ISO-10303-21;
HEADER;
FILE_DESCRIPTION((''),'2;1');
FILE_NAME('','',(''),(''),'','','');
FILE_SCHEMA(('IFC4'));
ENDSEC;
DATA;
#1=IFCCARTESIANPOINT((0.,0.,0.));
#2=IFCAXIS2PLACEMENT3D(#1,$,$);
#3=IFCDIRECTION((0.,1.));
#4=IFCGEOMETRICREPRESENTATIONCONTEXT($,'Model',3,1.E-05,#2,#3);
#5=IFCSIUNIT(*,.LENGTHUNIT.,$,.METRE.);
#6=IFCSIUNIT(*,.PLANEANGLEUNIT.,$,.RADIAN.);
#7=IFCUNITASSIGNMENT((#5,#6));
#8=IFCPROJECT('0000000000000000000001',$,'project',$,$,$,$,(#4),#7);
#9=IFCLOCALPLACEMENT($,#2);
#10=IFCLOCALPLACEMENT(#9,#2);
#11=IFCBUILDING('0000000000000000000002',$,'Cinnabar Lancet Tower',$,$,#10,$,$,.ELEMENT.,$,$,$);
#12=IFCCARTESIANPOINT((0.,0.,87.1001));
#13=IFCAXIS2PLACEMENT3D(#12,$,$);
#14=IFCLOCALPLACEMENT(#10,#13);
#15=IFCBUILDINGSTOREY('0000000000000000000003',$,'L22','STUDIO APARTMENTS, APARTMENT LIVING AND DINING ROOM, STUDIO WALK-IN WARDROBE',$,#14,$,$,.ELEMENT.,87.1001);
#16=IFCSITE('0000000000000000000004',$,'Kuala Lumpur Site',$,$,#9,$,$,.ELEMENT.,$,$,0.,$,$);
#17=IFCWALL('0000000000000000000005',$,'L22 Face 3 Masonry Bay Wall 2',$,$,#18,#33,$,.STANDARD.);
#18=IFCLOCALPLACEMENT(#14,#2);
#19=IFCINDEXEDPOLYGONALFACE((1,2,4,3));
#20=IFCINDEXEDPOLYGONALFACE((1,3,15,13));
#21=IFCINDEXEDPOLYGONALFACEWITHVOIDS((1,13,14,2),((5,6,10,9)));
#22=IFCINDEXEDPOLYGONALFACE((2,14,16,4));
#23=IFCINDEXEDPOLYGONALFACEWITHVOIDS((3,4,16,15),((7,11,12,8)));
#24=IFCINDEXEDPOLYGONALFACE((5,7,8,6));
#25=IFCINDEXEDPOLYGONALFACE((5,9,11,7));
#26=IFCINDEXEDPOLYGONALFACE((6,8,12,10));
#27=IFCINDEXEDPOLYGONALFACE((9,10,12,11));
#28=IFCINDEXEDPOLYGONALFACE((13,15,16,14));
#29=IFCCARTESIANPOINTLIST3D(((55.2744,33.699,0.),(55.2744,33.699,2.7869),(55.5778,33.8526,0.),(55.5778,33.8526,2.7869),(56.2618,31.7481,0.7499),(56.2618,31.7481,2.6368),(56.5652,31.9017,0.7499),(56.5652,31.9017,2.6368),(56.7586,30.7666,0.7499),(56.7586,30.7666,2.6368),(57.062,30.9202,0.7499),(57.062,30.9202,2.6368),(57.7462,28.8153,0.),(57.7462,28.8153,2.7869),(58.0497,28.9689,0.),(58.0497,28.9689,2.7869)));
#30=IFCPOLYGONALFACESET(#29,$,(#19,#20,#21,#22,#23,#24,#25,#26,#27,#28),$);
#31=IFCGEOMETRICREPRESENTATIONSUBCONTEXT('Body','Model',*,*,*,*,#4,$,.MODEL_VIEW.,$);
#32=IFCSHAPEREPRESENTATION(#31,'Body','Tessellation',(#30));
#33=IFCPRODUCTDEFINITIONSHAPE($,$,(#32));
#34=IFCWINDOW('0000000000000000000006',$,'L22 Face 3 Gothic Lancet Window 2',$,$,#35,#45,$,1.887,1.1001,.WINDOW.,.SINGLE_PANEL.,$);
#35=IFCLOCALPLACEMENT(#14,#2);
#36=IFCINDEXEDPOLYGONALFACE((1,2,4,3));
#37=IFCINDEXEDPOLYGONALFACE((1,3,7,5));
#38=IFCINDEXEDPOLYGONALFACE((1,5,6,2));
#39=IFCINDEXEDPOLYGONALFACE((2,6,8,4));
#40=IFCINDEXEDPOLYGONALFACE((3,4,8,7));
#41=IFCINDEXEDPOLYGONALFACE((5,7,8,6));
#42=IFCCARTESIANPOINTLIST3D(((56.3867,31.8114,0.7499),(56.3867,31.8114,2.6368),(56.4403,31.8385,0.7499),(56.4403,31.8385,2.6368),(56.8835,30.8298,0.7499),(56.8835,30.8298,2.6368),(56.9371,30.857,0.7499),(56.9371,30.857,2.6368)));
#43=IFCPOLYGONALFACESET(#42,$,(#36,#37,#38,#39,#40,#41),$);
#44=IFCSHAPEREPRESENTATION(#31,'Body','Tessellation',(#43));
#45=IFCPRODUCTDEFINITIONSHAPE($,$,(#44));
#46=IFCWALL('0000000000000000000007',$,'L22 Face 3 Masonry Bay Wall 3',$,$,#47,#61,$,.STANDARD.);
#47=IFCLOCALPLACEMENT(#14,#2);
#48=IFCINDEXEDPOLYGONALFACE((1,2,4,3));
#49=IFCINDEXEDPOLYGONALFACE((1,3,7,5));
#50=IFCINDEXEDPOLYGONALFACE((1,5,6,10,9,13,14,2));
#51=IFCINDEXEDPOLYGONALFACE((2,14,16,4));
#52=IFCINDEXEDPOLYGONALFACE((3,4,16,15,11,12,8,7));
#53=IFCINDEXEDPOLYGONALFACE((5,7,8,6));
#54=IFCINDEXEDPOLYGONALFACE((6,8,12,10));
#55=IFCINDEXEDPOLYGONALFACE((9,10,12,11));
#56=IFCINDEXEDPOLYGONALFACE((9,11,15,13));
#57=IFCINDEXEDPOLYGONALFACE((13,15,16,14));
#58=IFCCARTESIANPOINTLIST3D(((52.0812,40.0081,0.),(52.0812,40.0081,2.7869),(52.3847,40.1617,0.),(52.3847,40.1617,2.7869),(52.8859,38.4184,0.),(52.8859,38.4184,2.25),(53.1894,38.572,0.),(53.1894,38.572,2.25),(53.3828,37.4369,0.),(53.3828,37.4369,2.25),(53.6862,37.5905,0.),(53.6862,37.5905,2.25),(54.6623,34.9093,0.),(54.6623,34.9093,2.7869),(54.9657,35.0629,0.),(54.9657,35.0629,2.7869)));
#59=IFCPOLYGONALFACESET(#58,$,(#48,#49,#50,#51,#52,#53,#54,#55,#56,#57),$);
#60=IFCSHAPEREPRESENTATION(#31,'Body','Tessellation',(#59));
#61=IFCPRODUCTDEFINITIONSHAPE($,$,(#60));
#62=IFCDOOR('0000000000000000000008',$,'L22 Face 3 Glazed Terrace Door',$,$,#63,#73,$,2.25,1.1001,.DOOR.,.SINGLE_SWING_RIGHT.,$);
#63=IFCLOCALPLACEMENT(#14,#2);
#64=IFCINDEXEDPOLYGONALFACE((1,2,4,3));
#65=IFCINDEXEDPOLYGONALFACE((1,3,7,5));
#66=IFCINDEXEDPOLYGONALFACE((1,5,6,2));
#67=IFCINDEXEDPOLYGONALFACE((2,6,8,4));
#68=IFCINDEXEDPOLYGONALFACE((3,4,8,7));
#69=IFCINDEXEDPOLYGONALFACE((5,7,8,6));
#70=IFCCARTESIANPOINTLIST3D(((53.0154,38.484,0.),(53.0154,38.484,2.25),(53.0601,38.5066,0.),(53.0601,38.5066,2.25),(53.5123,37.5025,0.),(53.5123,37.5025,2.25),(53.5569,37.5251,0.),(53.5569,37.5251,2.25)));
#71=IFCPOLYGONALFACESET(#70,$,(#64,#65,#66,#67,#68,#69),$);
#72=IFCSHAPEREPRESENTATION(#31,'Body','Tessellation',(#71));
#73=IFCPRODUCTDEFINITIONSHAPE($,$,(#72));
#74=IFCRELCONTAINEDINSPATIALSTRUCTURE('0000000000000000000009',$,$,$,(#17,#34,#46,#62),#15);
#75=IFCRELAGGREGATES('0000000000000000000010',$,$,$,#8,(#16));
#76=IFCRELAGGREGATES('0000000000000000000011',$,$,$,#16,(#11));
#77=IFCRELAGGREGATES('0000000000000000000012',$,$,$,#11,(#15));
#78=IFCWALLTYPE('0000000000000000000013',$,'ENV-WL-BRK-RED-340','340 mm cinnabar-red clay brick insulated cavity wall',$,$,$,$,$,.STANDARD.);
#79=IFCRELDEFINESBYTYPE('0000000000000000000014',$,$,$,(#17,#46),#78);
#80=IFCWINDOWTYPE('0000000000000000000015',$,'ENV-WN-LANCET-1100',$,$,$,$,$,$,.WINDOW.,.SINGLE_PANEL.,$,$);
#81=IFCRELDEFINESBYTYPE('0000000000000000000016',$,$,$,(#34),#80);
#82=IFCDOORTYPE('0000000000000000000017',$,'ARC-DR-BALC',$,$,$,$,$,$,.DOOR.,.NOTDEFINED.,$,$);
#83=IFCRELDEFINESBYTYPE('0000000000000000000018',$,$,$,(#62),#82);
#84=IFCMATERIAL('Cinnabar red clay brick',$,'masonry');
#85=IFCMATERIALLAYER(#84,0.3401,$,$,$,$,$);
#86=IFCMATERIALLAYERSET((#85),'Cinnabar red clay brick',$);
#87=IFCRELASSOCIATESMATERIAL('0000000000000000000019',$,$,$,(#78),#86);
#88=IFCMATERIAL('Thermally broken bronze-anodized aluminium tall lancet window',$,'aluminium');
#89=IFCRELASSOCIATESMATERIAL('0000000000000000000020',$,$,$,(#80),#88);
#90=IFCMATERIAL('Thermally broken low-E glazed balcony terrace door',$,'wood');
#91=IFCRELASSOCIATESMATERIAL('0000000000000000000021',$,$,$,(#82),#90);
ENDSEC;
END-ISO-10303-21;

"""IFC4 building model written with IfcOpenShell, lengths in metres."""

from ifc_helpers import new_model, si_unit, direction, frame, frame_2d, origin, place, context, subcontext, project, spatial, rectangle, extrude, material, layer, layer_set, type_object, element, fill, save


model = new_model("IFC4")

# Units and contexts
model_context = context("Model", 3, precision=1e-05, world=origin(), true_north=direction((0.0, 1.0)))
body_context = subcontext(model_context, "Body", "Model", "MODEL_VIEW")
ifc_project = project(units=[si_unit("LENGTHUNIT", "METRE"), si_unit("PLANEANGLEUNIT", "RADIAN")], contexts=[model_context])

# Site, building, storey
site_placement = place(None, origin())
site = spatial("IfcSite", under=ifc_project, at=site_placement, Name="Kuala Lumpur Site", CompositionType="ELEMENT", RefElevation=0.0)
building_placement = place(site_placement, origin())
building = spatial("IfcBuilding", under=site, at=building_placement, Name="Cinnabar Lancet Tower", CompositionType="ELEMENT")
storey_placement = place(building_placement, frame((0.0, 0.0, 87.1001)))
storey = spatial("IfcBuildingStorey", under=building, at=storey_placement, Name="L22", Description="STUDIO APARTMENTS, APARTMENT LIVING AND DINING ROOM, STUDIO WALK-IN WARDROBE", CompositionType="ELEMENT", Elevation=87.1001)

# Shared definitions
ifc_material_1 = material(Name="Cinnabar red clay brick", Category="masonry")
ifc_layer_1 = layer(ifc_material_1, 0.3401)
ifc_layer_set_1 = layer_set([ifc_layer_1], Name="Cinnabar red clay brick")
wall_type_1 = type_object("IfcWallType", Name="ENV-WL-BRK-RED-340", Description="340 mm cinnabar-red clay brick insulated cavity wall", PredefinedType="STANDARD", material=ifc_layer_set_1)

# Wall, opening, window
wall_1_placement = place(storey_placement, frame((57.8979, 28.8921, 0.0), z_axis=(0.0, 0.0, 1.0), x_axis=(-0.451597, 0.892222, 0.0)))
wall_1 = element("IfcWall", 1, at=wall_1_placement, inside=storey, type_object=wall_type_1, Name="L22 Face 3 Masonry Bay Wall 2", PredefinedType="STANDARD", context=body_context, shape_type="SweptSolid", body=[
    extrude(rectangle(XDim=5.4736, YDim=0.3401, at=frame_2d((2.7368, 0.0))), origin(), (0.0, 0.0, 1.0), 2.7869),
])
opening_1_placement = place(wall_1_placement, frame((2.187, 0.0, 0.75)))
opening_1 = element("IfcOpeningElement", 2, at=opening_1_placement, cuts=wall_1, PredefinedType="OPENING", context=body_context, shape_type="SweptSolid", body=[
    extrude(rectangle(XDim=1.1001, YDim=1.887, at=frame_2d((0.55, 0.9434))), frame((0.0, 0.1799, 0.0), z_axis=(0.0, -1.0, 0.0), x_axis=(1.0, 0.0, 0.0)), (0.0, 0.0, 1.0), 0.3601),
])
ifc_material_2 = material(Name="Thermally broken bronze-anodized aluminium tall lancet window", Category="aluminium")
window_type = type_object("IfcWindowType", Name="ENV-WN-LANCET-1100", PartitioningType="SINGLE_PANEL", PredefinedType="WINDOW", material=ifc_material_2)
window_placement = place(opening_1_placement, origin())
window = element("IfcWindow", 3, at=window_placement, inside=storey, type_object=window_type, Name="L22 Face 3 Gothic Lancet Window 2", OverallHeight=1.887, OverallWidth=1.1001, PartitioningType="SINGLE_PANEL", PredefinedType="WINDOW", context=body_context, shape_type="SweptSolid", body=[
    extrude(rectangle(XDim=1.1001, YDim=1.887, at=frame_2d((0.55, 0.9434))), frame((0.0, 0.03, 0.0), z_axis=(0.0, -1.0, 0.0), x_axis=(1.0, 0.0, 0.0)), (0.0, 0.0, 1.0), 0.0601),
])
fill(opening_1, window)

# Wall, opening, door
wall_2_placement = place(storey_placement, frame((54.814, 34.9861, 0.0), z_axis=(0.0, 0.0, 1.0), x_axis=(-0.451634, 0.892203, 0.0)))
wall_2 = element("IfcWall", 4, at=wall_2_placement, inside=storey, type_object=wall_type_1, Name="L22 Face 3 Masonry Bay Wall 3", PredefinedType="STANDARD", context=body_context, shape_type="SweptSolid", body=[
    extrude(rectangle(XDim=5.7148, YDim=0.3401, at=frame_2d((2.8574, 0.0))), origin(), (0.0, 0.0, 1.0), 2.7869),
])
opening_2_placement = place(wall_2_placement, frame((2.833, 0.0, 0.0)))
opening_2 = element("IfcOpeningElement", 5, at=opening_2_placement, cuts=wall_2, PredefinedType="OPENING", context=body_context, shape_type="SweptSolid", body=[
    extrude(rectangle(XDim=1.1001, YDim=2.25, at=frame_2d((0.55, 1.125))), frame((0.0, 0.1799, 0.0), z_axis=(0.0, -1.0, 0.0), x_axis=(1.0, 0.0, 0.0)), (0.0, 0.0, 1.0), 0.3601),
])
ifc_material_3 = material(Name="Thermally broken low-E glazed balcony terrace door", Category="wood")
door_type = type_object("IfcDoorType", Name="ARC-DR-BALC", OperationType="NOTDEFINED", PredefinedType="DOOR", material=ifc_material_3)
door_placement = place(opening_2_placement, origin())
door = element("IfcDoor", 6, at=door_placement, inside=storey, type_object=door_type, Name="L22 Face 3 Glazed Terrace Door", OperationType="SINGLE_SWING_RIGHT", OverallHeight=2.25, OverallWidth=1.1001, PredefinedType="DOOR", context=body_context, shape_type="SweptSolid", body=[
    extrude(rectangle(XDim=1.1001, YDim=2.25, at=frame_2d((0.55, 1.125))), frame((0.0, 0.0249, 0.0), z_axis=(0.0, -1.0, 0.0), x_axis=(1.0, 0.0, 0.0)), (0.0, 0.0, 1.0), 0.05),
])
fill(opening_2, door)

save(model, "model.ifc")
